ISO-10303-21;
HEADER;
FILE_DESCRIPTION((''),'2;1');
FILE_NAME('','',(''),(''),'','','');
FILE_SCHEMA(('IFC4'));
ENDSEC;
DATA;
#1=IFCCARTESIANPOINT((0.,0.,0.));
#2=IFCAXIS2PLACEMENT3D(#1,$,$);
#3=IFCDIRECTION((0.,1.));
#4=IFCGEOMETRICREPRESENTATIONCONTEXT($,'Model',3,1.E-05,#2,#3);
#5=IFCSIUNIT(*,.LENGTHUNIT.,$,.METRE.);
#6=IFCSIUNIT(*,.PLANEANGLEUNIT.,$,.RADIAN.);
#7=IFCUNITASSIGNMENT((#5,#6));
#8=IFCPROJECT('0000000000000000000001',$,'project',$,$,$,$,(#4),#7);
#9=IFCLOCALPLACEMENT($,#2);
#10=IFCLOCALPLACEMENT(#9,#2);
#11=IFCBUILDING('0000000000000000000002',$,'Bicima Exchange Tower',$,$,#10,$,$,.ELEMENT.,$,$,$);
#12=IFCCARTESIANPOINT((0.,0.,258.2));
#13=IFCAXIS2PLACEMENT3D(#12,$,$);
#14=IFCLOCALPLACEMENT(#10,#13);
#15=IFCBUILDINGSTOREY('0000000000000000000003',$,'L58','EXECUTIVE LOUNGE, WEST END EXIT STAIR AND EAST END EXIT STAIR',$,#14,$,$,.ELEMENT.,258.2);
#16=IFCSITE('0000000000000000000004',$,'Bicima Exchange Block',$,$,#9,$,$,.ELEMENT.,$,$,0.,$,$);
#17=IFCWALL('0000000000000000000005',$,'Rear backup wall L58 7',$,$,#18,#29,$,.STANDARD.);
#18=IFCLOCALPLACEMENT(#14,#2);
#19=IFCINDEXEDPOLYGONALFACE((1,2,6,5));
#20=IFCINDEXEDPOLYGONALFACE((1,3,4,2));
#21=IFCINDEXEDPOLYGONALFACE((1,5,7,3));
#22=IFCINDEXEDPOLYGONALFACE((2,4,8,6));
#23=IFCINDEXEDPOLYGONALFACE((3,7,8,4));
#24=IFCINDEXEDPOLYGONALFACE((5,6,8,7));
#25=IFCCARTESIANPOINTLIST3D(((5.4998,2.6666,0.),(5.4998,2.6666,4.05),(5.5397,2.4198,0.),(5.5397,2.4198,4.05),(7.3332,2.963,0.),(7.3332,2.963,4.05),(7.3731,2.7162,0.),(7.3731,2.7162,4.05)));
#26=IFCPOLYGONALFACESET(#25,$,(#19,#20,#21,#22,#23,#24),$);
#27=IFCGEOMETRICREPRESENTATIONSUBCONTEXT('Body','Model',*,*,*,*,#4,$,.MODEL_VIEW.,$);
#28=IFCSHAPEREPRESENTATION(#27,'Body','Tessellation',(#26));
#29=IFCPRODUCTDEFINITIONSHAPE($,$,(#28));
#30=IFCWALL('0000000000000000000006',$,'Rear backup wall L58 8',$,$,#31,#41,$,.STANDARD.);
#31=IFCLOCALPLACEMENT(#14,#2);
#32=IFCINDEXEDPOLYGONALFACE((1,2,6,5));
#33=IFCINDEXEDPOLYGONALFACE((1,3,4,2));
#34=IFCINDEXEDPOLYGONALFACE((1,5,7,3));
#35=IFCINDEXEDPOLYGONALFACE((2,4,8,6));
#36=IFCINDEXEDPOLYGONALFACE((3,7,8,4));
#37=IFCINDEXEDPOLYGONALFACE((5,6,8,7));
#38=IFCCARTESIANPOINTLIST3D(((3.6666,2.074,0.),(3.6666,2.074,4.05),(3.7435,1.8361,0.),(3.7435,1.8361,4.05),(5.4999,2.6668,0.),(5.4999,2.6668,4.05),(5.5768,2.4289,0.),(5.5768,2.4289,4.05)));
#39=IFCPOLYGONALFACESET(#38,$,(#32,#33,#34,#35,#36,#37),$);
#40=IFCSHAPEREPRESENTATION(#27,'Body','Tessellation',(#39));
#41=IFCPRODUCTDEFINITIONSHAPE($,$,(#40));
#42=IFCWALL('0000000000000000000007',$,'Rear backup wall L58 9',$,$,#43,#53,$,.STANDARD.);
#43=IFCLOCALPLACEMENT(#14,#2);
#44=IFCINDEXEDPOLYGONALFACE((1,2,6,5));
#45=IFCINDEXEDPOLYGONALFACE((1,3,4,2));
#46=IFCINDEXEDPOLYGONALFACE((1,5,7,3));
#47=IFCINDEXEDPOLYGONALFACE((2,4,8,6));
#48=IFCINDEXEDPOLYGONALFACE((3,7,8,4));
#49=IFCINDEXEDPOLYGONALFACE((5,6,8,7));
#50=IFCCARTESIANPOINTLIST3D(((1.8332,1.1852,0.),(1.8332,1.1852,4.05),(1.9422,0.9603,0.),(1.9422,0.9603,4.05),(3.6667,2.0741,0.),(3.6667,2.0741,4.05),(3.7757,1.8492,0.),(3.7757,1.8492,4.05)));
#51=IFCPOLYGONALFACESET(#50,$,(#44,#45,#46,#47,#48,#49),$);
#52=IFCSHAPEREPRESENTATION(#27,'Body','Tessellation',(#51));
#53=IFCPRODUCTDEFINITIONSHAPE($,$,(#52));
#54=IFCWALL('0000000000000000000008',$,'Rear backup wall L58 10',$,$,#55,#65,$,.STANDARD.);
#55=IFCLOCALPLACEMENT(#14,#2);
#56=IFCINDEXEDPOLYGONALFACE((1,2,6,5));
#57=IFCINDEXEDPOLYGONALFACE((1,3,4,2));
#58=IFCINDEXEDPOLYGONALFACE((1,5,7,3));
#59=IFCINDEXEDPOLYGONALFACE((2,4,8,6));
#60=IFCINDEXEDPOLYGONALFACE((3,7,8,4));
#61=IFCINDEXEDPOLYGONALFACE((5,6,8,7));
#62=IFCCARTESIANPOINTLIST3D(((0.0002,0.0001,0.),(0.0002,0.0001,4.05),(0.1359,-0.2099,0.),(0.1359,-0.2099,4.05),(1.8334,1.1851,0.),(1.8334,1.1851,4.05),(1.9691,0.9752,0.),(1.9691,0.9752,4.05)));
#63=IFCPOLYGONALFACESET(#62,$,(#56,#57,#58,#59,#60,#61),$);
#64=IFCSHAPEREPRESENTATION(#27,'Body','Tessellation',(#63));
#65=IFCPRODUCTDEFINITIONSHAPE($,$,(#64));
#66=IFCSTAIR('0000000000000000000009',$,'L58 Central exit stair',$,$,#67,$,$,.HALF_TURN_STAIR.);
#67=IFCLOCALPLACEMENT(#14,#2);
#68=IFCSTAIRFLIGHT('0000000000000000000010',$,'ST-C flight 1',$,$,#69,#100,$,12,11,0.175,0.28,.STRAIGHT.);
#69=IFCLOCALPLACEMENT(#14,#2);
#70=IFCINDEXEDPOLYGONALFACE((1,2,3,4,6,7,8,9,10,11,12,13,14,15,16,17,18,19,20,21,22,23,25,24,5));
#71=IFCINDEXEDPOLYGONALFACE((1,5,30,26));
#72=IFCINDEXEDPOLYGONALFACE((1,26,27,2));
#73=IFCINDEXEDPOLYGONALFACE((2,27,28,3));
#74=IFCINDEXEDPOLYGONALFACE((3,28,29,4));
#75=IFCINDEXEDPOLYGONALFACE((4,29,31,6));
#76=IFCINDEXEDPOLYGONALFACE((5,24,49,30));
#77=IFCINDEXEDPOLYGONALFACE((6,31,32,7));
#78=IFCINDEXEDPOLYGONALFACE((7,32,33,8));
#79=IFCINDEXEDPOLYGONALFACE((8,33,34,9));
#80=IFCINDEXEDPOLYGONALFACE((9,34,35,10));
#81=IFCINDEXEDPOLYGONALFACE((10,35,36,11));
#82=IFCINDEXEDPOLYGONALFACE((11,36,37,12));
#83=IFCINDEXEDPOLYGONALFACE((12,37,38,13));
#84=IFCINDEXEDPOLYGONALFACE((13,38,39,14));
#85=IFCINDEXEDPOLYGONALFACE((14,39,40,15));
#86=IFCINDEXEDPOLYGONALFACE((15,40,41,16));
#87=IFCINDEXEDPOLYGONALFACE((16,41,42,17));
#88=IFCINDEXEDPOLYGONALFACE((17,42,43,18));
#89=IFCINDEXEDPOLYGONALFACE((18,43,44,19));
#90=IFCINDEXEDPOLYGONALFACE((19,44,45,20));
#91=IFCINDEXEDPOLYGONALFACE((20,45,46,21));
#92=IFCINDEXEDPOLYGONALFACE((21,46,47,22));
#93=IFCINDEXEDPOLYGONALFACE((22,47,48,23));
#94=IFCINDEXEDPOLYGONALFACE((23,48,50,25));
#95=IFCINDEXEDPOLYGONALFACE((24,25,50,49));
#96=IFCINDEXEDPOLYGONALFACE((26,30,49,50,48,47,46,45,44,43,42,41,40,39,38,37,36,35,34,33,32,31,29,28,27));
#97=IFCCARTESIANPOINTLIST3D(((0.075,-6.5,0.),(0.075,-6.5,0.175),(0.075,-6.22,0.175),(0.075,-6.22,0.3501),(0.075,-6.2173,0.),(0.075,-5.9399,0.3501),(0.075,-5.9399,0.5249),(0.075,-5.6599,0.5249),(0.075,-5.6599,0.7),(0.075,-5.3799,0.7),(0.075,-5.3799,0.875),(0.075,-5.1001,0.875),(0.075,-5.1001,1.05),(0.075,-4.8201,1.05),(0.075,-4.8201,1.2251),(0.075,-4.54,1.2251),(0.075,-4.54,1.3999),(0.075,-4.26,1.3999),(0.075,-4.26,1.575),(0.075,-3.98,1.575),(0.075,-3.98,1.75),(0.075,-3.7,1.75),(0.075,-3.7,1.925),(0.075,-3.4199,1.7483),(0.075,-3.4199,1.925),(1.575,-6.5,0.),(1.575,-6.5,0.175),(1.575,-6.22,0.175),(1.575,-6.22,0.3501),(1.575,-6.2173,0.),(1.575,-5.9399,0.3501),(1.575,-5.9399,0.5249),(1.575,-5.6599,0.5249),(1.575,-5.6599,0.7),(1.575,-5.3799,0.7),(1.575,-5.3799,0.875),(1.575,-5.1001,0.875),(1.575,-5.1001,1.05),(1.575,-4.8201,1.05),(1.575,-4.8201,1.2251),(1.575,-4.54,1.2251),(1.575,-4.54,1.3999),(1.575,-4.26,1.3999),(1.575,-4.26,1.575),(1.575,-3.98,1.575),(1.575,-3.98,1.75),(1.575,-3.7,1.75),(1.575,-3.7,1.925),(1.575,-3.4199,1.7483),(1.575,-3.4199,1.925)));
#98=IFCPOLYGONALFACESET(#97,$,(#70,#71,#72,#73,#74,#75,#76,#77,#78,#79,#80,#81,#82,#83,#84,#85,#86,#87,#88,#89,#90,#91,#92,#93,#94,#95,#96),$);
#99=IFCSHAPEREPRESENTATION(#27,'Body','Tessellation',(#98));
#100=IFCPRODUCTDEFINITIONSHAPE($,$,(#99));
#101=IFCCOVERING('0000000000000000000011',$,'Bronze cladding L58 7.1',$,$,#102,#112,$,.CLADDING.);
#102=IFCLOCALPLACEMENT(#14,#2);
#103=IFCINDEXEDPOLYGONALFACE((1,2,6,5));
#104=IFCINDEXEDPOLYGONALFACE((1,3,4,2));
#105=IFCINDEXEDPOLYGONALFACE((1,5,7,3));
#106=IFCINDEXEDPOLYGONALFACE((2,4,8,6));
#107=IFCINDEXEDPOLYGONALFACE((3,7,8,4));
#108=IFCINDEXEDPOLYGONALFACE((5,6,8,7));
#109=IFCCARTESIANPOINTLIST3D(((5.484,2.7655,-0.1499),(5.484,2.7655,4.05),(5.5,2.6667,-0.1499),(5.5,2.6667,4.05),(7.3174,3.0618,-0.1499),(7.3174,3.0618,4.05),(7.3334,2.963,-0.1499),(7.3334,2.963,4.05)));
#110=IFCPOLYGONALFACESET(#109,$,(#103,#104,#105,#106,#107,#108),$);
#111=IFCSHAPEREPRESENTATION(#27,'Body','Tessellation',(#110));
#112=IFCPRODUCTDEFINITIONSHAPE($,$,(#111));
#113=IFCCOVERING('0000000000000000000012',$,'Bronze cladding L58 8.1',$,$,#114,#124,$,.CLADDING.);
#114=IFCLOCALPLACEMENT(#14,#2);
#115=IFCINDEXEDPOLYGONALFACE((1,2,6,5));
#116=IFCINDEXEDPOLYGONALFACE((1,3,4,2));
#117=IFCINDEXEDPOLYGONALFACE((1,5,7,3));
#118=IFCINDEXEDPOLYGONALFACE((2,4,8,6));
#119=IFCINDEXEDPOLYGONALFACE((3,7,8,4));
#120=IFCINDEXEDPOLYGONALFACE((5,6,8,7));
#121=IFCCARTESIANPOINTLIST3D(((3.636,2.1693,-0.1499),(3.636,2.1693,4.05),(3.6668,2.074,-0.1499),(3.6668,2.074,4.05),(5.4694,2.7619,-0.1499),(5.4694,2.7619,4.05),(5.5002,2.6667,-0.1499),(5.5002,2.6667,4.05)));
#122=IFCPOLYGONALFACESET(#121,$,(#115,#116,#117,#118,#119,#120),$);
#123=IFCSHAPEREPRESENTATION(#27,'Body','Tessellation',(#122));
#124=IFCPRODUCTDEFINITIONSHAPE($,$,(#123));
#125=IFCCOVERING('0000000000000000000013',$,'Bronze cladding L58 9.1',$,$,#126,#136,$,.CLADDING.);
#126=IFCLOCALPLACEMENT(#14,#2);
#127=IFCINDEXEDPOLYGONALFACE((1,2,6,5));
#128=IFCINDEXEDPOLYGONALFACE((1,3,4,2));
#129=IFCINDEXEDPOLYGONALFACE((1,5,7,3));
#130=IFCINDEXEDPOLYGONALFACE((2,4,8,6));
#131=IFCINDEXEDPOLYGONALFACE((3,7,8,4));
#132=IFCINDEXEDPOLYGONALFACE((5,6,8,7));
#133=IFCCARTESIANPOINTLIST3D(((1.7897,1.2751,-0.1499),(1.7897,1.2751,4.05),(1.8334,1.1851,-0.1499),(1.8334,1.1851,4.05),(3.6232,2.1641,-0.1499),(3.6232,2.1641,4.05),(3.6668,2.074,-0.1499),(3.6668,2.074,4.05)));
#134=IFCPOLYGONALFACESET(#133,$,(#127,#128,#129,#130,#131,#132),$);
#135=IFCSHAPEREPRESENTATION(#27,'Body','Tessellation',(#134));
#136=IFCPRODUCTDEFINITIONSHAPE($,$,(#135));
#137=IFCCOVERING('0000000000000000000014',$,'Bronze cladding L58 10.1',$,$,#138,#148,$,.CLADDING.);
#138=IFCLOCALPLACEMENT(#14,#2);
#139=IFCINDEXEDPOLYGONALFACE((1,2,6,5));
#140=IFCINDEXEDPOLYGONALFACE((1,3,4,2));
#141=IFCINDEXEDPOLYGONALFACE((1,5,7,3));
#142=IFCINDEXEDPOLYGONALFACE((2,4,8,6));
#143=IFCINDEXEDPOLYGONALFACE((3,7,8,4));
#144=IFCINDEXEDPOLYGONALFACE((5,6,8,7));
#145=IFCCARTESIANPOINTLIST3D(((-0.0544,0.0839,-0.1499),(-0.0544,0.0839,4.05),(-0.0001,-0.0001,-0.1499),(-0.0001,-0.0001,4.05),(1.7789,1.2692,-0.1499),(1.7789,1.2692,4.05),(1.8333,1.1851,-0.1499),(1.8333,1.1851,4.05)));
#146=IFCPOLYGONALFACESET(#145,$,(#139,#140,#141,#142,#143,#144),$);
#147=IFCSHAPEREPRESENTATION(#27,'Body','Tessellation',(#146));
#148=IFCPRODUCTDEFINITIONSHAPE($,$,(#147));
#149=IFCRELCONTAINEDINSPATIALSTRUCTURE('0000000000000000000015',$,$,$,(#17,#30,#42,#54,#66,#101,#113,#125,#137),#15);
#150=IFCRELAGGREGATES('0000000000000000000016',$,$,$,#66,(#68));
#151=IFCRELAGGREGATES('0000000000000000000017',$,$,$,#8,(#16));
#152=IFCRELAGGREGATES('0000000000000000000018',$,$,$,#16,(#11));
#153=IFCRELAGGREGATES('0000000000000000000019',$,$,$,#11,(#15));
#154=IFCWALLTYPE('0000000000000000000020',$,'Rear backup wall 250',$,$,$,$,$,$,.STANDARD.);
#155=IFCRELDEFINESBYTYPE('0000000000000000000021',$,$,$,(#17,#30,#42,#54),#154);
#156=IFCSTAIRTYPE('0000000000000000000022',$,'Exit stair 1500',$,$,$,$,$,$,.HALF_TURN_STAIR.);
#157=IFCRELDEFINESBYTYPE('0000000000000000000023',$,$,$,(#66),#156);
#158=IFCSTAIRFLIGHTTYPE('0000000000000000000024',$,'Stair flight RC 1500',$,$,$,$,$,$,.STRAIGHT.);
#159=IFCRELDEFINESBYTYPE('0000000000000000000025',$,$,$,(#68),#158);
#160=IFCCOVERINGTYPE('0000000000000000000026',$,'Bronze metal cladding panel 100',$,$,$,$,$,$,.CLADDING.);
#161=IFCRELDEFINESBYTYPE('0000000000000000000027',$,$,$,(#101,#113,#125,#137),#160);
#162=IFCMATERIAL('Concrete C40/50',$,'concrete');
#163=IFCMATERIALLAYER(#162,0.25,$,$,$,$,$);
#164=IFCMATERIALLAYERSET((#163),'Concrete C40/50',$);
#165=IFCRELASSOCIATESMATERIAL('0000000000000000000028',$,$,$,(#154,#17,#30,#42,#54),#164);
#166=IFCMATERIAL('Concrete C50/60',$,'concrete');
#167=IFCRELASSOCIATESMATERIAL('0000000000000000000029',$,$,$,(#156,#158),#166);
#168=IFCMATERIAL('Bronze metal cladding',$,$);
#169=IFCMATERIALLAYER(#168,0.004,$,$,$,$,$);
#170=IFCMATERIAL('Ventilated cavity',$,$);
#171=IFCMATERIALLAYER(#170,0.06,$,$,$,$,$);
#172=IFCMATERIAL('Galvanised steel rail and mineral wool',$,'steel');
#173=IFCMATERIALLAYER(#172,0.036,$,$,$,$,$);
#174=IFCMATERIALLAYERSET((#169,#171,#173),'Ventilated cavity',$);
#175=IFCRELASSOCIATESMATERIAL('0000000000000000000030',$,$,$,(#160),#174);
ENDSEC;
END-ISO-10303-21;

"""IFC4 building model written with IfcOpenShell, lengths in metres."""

from ifc_helpers import new_model, si_unit, direction, frame, frame_2d, origin, origin_2d, place, context, subcontext, project, spatial, polyline, rectangle, outline, extrude, material, layer, layer_set, layer_usage, type_object, element, aggregate, save


model = new_model("IFC4")

# Units and contexts
model_context = context("Model", 3, precision=1e-05, world=origin(), true_north=direction((0.0, 1.0)))
body_context = subcontext(model_context, "Body", "Model", "MODEL_VIEW")
ifc_project = project(units=[si_unit("LENGTHUNIT", "METRE"), si_unit("PLANEANGLEUNIT", "RADIAN")], contexts=[model_context])

# Site, building, storey
site_placement = place(None, origin())
site = spatial("IfcSite", under=ifc_project, at=site_placement, Name="Bicima Exchange Block", CompositionType="ELEMENT", RefElevation=0.0)
building_placement = place(site_placement, origin())
building = spatial("IfcBuilding", under=site, at=building_placement, Name="Bicima Exchange Tower", CompositionType="ELEMENT")
storey_placement = place(building_placement, frame((0.0, 0.0, 258.2)))
storey = spatial("IfcBuildingStorey", under=building, at=storey_placement, Name="L58", Description="EXECUTIVE LOUNGE, WEST END EXIT STAIR AND EAST END EXIT STAIR", CompositionType="ELEMENT", Elevation=258.2)

# Shared definitions
ifc_material_1 = material(Name="Concrete C50/60", Category="concrete")

# Shared definitions
ifc_material_2 = material(Name="Concrete C40/50", Category="concrete")

# Walls
ifc_layer_1 = layer(ifc_material_2, 0.25)
ifc_layer_set_1 = layer_set([ifc_layer_1], Name="Concrete C40/50")
ifc_layer_usage = layer_usage(ifc_layer_set_1, "AXIS2", "POSITIVE", -0.125)
wall_type_1 = type_object("IfcWallType", Name="Rear backup wall 250", PredefinedType="STANDARD", material=ifc_layer_set_1)
wall_1_placement = place(storey_placement, frame((7.3533, 2.8396, 0.0), z_axis=(0.0, 0.0, 1.0), x_axis=(-0.987182, -0.1596, 0.0)))
element("IfcWall", 1, at=wall_1_placement, inside=storey, type_object=wall_type_1, material=ifc_layer_usage, Name="Rear backup wall L58 7", PredefinedType="STANDARD", context=body_context, shape_type="SweptSolid", body=[
    extrude(rectangle(XDim=1.8572, YDim=0.25, at=frame_2d((0.9287, 0.0))), origin(), (0.0, 0.0, 1.0), 4.05),
])
wall_2_placement = place(storey_placement, frame((5.5383, 2.5479, 0.0), z_axis=(0.0, 0.0, 1.0), x_axis=(-0.951496, -0.307662, 0.0)))
element("IfcWall", 2, at=wall_2_placement, inside=storey, type_object=wall_type_1, material=ifc_layer_usage, Name="Rear backup wall L58 8", PredefinedType="STANDARD", context=body_context, shape_type="SweptSolid", body=[
    extrude(rectangle(XDim=1.9268, YDim=0.25, at=frame_2d((0.9634, 0.0))), origin(), (0.0, 0.0, 1.0), 4.05),
])
wall_3_placement = place(storey_placement, frame((3.7212, 1.9617, 0.0), z_axis=(0.0, 0.0, 1.0), x_axis=(-0.899824, -0.436253, 0.0)))
element("IfcWall", 3, at=wall_3_placement, inside=storey, type_object=wall_type_1, material=ifc_layer_usage, Name="Rear backup wall L58 9", PredefinedType="STANDARD", context=body_context, shape_type="SweptSolid", body=[
    extrude(rectangle(XDim=2.0376, YDim=0.25, at=frame_2d((1.0188, 0.0))), origin(), (0.0, 0.0, 1.0), 4.05),
])
wall_4_placement = place(storey_placement, frame((1.9011, 1.0801, 0.0), z_axis=(0.0, 0.0, 1.0), x_axis=(-0.839813, -0.542876, 0.0)))
element("IfcWall", 4, at=wall_4_placement, inside=storey, type_object=wall_type_1, material=ifc_layer_usage, Name="Rear backup wall L58 10", PredefinedType="STANDARD", context=body_context, shape_type="SweptSolid", body=[
    extrude(rectangle(XDim=2.1829, YDim=0.25, at=frame_2d((1.0913, 0.0))), origin(), (0.0, 0.0, 1.0), 4.05),
])

# Stair, stair flight
stair_type_1 = type_object("IfcStairType", Name="Exit stair 1500", PredefinedType="HALF_TURN_STAIR", material=ifc_material_1)
stair_1_placement = place(storey_placement, origin())
stair_1 = element("IfcStair", 5, at=stair_1_placement, inside=storey, type_object=stair_type_1, Name="L58 Central exit stair", PredefinedType="HALF_TURN_STAIR")
stair_flight_type = type_object("IfcStairFlightType", Name="Stair flight RC 1500", PredefinedType="STRAIGHT", material=ifc_material_1)
stair_flight_placement = place(storey_placement, frame((0.825, -6.5, 0.0), z_axis=(0.0, 0.0, 1.0), x_axis=(0.0, 1.0, 0.0)))
stair_flight = element("IfcStairFlight", 6, at=stair_flight_placement, type_object=stair_flight_type, Name="ST-C flight 1", NumberOfRisers=12, NumberOfTreads=11, PredefinedType="STRAIGHT", RiserHeight=0.175, TreadLength=0.28, context=body_context, shape_type="SweptSolid", body=[
    extrude(outline(polyline([(0.0, 0.0), (0.0, 0.175), (0.28, 0.175), (0.28, 0.3501), (0.5601, 0.3501), (0.5601, 0.5249), (0.8401, 0.5249), (0.8401, 0.7), (1.1201, 0.7), (1.1201, 0.875), (1.3999, 0.875), (1.3999, 1.05), (1.6799, 1.05), (1.6799, 1.2251), (1.96, 1.2251), (1.96, 1.3999), (2.24, 1.3999), (2.24, 1.575), (2.52, 1.575), (2.52, 1.75), (2.8, 1.75), (2.8, 1.925), (3.0801, 1.925), (3.0801, 2.1001), (3.0801, 1.7483), (0.2827, 0.0), (0.0, 0.0)])), frame((0.0, 0.75, 0.0), z_axis=(0.0, -1.0, 0.0), x_axis=(1.0, 0.0, 0.0)), (0.0, 0.0, 1.0), 1.5),
])
aggregate(stair_1, [stair_flight])

# Coverings
ifc_material_3 = material(Name="Bronze metal cladding")
ifc_layer_2 = layer(ifc_material_3, 0.004)
ifc_material_4 = material(Name="Ventilated cavity")
ifc_layer_3 = layer(ifc_material_4, 0.06)
ifc_material_5 = material(Name="Galvanised steel rail and mineral wool", Category="steel")
ifc_layer_4 = layer(ifc_material_5, 0.036)
ifc_layer_set_2 = layer_set([ifc_layer_2, ifc_layer_3, ifc_layer_4], Name="Ventilated cavity")
covering_type = type_object("IfcCoveringType", Name="Bronze metal cladding panel 100", PredefinedType="CLADDING", material=ifc_layer_set_2)
covering_1_placement = place(storey_placement, frame((6.4087, 2.8643, -0.1499), z_axis=(0.0, 0.0, 1.0), x_axis=(-0.98719, -0.15955, 0.0)))
element("IfcCovering", 7, at=covering_1_placement, inside=storey, type_object=covering_type, Name="Bronze cladding L58 7.1", PredefinedType="CLADDING", context=body_context, shape_type="SweptSolid", body=[
    extrude(rectangle(XDim=1.8572, YDim=0.1001, at=origin_2d()), origin(), (0.0, 0.0, 1.0), 4.2),
])
covering_2_placement = place(storey_placement, frame((4.5681, 2.418, -0.1499), z_axis=(0.0, 0.0, 1.0), x_axis=(-0.951525, -0.307573, 0.0)))
element("IfcCovering", 8, at=covering_2_placement, inside=storey, type_object=covering_type, Name="Bronze cladding L58 8.1", PredefinedType="CLADDING", context=body_context, shape_type="SweptSolid", body=[
    extrude(rectangle(XDim=1.9268, YDim=0.1001, at=origin_2d()), origin(), (0.0, 0.0, 1.0), 4.2),
])
covering_3_placement = place(storey_placement, frame((2.7283, 1.6746, -0.1499), z_axis=(0.0, 0.0, 1.0), x_axis=(-0.899818, -0.436265, 0.0)))
element("IfcCovering", 9, at=covering_3_placement, inside=storey, type_object=covering_type, Name="Bronze cladding L58 9.1", PredefinedType="CLADDING", context=body_context, shape_type="SweptSolid", body=[
    extrude(rectangle(XDim=2.0376, YDim=0.1001, at=origin_2d()), origin(), (0.0, 0.0, 1.0), 4.2),
])
covering_4_placement = place(storey_placement, frame((0.8894, 0.6345, -0.1499), z_axis=(0.0, 0.0, 1.0), x_axis=(-0.83979, -0.542911, 0.0)))
element("IfcCovering", 10, at=covering_4_placement, inside=storey, type_object=covering_type, Name="Bronze cladding L58 10.1", PredefinedType="CLADDING", context=body_context, shape_type="SweptSolid", body=[
    extrude(rectangle(XDim=2.1831, YDim=0.1001, at=origin_2d()), origin(), (0.0, 0.0, 1.0), 4.2),
])

save(model, "model.ifc")
